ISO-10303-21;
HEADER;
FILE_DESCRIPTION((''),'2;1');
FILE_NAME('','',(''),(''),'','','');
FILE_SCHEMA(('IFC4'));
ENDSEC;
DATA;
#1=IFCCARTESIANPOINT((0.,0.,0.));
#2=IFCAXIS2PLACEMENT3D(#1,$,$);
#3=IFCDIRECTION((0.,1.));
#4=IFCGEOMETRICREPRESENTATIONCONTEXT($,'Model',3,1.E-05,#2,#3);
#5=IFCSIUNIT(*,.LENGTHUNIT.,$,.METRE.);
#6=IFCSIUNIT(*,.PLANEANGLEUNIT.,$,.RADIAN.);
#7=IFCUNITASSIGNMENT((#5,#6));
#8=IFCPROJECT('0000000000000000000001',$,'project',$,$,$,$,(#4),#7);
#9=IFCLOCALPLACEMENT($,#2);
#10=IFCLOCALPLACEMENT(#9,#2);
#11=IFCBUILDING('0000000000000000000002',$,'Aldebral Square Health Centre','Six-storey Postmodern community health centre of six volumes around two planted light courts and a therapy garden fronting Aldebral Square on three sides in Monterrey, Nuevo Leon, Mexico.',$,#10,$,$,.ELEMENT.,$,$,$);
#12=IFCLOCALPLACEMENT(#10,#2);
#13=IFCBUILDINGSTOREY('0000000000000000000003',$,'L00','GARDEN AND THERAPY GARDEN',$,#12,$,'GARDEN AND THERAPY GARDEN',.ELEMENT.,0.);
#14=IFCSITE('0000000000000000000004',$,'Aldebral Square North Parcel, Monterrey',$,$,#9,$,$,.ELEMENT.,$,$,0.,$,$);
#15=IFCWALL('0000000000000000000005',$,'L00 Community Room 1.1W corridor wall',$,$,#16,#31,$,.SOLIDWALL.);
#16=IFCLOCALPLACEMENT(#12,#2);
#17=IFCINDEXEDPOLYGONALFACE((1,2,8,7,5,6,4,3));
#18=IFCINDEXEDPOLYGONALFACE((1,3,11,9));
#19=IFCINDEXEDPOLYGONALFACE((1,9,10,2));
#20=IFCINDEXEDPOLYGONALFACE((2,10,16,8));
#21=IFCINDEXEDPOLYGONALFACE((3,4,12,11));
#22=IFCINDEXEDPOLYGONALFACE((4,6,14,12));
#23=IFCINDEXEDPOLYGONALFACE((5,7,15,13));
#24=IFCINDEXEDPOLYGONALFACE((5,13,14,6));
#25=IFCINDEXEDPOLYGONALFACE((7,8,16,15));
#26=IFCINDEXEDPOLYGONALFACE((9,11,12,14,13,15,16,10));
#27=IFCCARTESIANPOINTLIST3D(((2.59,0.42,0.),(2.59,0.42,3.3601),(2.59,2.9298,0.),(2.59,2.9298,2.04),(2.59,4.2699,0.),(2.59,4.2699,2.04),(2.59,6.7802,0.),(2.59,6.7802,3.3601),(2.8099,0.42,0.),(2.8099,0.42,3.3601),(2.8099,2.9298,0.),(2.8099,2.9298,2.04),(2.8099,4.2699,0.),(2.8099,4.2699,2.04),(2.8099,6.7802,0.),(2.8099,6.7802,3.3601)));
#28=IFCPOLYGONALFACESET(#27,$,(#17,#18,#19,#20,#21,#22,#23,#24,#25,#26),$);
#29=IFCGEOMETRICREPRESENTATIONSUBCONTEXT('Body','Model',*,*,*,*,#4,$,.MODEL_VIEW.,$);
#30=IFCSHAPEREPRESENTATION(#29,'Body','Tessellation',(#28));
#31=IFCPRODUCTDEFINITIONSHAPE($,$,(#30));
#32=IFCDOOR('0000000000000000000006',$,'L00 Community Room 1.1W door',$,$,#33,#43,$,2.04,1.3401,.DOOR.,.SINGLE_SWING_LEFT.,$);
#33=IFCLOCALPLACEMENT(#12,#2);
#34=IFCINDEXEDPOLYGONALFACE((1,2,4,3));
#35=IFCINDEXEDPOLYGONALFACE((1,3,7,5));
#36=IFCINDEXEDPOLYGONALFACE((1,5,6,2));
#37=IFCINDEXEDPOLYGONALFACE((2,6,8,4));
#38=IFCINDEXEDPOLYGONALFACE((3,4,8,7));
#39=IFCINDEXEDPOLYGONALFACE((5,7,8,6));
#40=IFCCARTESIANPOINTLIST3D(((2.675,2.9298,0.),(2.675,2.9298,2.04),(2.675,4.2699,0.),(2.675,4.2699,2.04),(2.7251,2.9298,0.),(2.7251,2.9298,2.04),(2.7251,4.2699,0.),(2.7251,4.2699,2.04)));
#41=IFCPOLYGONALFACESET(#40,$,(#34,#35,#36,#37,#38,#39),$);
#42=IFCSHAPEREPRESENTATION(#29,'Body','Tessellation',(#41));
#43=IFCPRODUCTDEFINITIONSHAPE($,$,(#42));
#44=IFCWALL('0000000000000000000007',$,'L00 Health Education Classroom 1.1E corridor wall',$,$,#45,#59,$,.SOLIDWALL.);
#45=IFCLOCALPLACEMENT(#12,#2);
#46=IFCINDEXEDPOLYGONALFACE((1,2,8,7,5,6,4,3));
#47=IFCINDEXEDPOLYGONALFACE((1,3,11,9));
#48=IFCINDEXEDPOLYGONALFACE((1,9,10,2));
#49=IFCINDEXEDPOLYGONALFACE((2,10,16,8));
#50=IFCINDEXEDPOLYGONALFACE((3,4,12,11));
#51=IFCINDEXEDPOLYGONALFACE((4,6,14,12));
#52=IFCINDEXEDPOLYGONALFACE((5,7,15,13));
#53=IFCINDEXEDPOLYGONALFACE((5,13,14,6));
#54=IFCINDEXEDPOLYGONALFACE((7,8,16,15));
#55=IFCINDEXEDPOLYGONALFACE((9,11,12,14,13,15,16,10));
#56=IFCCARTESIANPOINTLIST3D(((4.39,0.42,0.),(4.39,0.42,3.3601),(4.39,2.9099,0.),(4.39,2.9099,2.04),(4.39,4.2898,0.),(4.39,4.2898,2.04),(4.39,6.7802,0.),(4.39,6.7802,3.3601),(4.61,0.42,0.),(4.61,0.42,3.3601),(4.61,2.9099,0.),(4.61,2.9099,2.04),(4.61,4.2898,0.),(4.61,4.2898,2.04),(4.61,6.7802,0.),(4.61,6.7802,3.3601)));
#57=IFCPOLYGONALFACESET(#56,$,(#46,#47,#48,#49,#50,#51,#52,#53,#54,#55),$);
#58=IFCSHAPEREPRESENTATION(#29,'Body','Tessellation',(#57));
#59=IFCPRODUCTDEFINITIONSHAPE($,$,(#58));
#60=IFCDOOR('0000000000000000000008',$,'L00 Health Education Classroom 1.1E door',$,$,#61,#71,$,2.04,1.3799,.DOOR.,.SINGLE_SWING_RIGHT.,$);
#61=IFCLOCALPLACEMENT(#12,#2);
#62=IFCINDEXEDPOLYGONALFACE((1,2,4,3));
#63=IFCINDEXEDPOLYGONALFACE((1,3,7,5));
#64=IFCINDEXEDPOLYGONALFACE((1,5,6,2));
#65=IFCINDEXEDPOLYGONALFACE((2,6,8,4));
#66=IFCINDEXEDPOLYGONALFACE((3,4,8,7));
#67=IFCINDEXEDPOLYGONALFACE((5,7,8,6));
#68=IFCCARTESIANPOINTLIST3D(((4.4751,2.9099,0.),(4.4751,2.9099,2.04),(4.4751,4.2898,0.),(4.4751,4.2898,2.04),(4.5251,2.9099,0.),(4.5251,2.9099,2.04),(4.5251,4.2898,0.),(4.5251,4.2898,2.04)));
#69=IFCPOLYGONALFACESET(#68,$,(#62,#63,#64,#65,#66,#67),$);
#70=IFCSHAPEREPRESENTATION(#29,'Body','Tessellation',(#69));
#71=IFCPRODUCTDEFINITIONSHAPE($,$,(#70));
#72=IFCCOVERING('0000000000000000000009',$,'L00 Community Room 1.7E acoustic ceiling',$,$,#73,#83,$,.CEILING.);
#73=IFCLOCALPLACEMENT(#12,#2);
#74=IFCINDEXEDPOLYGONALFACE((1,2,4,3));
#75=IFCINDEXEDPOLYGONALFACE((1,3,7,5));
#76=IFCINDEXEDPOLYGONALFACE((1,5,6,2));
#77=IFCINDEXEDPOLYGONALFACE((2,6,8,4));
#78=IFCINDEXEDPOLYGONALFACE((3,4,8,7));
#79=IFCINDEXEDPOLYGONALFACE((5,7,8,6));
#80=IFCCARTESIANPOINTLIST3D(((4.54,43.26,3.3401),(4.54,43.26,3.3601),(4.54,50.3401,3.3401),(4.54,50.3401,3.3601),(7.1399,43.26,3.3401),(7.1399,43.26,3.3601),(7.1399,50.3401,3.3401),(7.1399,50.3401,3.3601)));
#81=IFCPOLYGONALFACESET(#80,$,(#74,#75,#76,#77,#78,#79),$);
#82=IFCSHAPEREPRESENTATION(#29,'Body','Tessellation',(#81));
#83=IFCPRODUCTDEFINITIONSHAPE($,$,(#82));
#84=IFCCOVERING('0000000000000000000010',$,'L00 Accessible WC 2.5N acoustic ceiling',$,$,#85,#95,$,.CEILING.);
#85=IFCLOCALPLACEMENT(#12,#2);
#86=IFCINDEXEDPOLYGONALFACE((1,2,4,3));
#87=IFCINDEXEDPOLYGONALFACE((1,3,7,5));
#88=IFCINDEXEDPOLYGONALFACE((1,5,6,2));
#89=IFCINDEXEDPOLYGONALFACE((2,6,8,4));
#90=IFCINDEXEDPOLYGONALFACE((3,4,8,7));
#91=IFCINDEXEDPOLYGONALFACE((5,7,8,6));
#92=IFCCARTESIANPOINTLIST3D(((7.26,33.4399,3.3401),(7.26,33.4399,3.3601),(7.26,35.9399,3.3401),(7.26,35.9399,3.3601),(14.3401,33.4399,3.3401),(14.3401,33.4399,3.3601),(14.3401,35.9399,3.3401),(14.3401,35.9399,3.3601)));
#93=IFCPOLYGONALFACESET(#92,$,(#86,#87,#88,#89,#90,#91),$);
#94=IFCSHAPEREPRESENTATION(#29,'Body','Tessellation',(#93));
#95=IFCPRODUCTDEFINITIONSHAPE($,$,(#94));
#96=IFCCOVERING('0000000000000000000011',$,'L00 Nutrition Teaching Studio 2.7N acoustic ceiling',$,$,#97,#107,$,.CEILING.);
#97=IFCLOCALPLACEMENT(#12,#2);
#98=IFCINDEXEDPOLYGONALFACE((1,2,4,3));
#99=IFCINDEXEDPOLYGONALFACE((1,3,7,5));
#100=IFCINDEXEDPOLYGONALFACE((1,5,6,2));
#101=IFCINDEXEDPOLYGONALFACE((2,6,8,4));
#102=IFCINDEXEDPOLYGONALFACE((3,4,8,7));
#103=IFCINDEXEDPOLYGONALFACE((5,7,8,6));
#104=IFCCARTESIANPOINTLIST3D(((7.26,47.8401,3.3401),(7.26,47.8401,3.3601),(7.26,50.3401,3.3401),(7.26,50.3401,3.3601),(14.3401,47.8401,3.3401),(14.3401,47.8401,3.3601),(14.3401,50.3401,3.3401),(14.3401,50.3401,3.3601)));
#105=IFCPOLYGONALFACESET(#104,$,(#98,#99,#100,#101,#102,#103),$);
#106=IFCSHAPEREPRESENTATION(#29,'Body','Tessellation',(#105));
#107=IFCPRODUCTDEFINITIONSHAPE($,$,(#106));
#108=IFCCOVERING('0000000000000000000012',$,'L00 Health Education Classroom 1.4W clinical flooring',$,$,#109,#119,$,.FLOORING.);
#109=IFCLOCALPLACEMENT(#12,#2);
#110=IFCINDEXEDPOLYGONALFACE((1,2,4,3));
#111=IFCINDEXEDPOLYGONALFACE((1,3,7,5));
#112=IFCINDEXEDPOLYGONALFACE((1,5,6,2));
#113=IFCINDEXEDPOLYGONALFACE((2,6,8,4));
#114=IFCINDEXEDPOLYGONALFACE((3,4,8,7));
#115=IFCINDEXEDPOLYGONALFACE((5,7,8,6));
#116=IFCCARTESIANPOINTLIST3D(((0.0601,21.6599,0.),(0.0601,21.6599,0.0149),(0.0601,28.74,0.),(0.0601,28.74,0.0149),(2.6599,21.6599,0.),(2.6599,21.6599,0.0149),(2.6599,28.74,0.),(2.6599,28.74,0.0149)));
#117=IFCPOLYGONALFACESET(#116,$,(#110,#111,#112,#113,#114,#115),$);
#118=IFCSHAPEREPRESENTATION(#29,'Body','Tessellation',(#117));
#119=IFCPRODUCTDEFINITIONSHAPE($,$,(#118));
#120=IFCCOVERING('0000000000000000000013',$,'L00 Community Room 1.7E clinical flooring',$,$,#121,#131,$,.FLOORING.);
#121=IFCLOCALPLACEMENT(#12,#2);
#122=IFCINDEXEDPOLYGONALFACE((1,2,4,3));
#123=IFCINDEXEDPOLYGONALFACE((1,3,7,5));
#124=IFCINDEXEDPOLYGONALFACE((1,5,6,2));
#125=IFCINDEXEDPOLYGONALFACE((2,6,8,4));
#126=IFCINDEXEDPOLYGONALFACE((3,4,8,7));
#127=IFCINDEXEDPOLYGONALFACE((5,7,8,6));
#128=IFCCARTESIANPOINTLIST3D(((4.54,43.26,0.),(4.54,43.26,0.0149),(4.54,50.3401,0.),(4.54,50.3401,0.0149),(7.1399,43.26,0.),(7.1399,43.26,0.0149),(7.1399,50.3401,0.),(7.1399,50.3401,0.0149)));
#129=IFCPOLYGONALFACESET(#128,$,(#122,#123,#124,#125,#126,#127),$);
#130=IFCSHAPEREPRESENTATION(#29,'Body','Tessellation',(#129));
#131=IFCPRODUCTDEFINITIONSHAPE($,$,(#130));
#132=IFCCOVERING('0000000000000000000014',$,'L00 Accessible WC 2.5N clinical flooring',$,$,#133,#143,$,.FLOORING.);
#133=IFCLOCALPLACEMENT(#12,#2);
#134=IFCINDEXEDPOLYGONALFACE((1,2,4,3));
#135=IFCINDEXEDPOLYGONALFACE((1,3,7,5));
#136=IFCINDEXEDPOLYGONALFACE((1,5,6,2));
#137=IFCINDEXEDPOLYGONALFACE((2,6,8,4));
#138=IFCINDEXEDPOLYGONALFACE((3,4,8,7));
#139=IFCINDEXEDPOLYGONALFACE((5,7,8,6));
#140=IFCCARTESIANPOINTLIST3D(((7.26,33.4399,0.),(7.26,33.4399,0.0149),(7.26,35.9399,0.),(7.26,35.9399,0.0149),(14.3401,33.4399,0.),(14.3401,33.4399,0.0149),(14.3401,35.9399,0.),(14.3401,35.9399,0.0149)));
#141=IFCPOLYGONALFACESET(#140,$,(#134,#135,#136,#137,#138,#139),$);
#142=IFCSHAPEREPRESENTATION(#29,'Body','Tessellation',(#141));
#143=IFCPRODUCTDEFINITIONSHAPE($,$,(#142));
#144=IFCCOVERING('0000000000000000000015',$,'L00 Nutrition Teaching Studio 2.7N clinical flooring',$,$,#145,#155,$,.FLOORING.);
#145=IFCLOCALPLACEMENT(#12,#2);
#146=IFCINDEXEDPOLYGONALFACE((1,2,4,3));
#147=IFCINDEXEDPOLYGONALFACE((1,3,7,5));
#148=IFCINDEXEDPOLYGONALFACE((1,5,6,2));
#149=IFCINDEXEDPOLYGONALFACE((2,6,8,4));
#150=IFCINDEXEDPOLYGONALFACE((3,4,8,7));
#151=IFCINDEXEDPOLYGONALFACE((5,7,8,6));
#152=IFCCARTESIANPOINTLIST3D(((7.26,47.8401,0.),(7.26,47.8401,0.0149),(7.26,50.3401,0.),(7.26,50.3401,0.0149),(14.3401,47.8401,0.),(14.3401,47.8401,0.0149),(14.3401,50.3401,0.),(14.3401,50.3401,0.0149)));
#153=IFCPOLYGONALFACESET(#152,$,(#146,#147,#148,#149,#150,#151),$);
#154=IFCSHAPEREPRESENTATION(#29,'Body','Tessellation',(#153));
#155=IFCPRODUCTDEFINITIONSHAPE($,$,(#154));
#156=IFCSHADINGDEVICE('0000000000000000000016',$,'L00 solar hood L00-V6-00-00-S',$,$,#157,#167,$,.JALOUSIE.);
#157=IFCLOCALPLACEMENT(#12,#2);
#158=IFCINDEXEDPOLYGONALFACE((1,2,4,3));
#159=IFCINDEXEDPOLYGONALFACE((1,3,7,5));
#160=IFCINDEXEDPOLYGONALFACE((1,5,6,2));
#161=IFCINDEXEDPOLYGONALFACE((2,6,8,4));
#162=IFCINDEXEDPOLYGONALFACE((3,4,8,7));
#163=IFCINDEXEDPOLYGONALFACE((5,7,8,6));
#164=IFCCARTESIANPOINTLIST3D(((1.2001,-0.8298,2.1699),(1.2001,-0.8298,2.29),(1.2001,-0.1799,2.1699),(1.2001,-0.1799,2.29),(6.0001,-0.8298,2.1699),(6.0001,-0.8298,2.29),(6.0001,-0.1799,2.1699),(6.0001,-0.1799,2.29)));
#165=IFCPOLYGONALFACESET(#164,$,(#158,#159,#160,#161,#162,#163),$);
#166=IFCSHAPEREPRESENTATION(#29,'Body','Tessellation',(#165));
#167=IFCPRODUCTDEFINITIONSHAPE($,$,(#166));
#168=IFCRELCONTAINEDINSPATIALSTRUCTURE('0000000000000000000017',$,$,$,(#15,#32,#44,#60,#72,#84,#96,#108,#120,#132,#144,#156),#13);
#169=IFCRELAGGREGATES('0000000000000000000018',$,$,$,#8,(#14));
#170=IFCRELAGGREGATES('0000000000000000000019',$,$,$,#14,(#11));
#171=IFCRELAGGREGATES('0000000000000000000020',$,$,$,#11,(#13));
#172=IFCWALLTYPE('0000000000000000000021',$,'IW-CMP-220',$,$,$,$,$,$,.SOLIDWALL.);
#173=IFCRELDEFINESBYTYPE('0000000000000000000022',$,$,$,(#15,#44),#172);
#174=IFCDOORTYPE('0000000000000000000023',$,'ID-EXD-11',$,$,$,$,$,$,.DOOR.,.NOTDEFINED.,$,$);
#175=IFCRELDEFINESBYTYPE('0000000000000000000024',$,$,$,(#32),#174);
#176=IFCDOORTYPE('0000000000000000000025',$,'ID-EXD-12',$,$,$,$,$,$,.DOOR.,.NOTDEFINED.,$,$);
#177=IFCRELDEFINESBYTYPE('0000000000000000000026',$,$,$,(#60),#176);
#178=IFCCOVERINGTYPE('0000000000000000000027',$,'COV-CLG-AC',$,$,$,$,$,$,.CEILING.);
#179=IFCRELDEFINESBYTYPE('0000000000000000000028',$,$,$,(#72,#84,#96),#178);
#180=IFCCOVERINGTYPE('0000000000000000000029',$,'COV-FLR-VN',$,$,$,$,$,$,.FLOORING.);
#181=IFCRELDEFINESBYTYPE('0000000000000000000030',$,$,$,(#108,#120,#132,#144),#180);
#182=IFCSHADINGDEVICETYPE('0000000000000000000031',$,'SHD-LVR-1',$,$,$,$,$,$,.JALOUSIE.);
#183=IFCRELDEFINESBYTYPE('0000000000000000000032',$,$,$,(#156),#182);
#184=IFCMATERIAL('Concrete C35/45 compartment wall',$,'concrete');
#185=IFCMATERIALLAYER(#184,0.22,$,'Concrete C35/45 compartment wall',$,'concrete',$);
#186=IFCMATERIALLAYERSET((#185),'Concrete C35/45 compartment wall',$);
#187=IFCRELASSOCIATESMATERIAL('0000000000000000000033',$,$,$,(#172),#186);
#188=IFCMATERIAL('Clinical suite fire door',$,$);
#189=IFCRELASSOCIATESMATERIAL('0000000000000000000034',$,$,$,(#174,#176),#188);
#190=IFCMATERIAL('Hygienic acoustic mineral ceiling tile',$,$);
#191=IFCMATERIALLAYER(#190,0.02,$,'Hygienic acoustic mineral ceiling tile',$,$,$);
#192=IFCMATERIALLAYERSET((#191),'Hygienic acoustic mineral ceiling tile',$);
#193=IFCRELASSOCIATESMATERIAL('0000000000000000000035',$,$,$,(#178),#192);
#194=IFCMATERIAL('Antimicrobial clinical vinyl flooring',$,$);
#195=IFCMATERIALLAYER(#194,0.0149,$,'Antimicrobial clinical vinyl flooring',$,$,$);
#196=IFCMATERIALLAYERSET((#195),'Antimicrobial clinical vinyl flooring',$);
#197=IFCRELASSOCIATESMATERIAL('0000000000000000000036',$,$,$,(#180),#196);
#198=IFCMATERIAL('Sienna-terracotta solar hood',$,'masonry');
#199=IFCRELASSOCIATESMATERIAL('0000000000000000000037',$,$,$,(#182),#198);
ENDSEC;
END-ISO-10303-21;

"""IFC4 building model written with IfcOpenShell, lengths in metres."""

from ifc_helpers import new_model, si_unit, direction, frame, frame_2d, origin, origin_2d, place, context, subcontext, project, spatial, polyline, rectangle, outline, extrude, material, layer, layer_set, type_object, element, fill, save


model = new_model("IFC4")

# Units and contexts
model_context = context("Model", 3, precision=1e-05, world=origin(), true_north=direction((0.0, 1.0)))
body_context = subcontext(model_context, "Body", "Model", "MODEL_VIEW")
ifc_project = project(units=[si_unit("LENGTHUNIT", "METRE"), si_unit("PLANEANGLEUNIT", "RADIAN")], contexts=[model_context])

# Site, building, storey
site_placement = place(None, origin())
site = spatial("IfcSite", under=ifc_project, at=site_placement, Name="Aldebral Square North Parcel, Monterrey", CompositionType="ELEMENT", RefElevation=0.0)
building_placement = place(site_placement, origin())
building = spatial("IfcBuilding", under=site, at=building_placement, Name="Aldebral Square Health Centre", Description="Six-storey Postmodern community health centre of six volumes around two planted light courts and a therapy garden fronting Aldebral Square on three sides in Monterrey, Nuevo Leon, Mexico.", CompositionType="ELEMENT")
storey_placement = place(building_placement, origin())
storey = spatial("IfcBuildingStorey", under=building, at=storey_placement, Name="L00", Description="GARDEN AND THERAPY GARDEN", LongName="GARDEN AND THERAPY GARDEN", CompositionType="ELEMENT", Elevation=0.0)

# Walls, openings, doors
ifc_material_1 = material(Name="Concrete C35/45 compartment wall", Category="concrete")
ifc_layer_1 = layer(ifc_material_1, 0.22, Name="Concrete C35/45 compartment wall", Category="concrete")
ifc_layer_set_1 = layer_set([ifc_layer_1], Name="Concrete C35/45 compartment wall")
wall_type_1 = type_object("IfcWallType", Name="IW-CMP-220", PredefinedType="SOLIDWALL", material=ifc_layer_set_1)
wall_1_placement = place(storey_placement, frame((2.7, 0.4199, 0.0), z_axis=(0.0, 0.0, 1.0), x_axis=(0.0, 1.0, 0.0)))
wall_1 = element("IfcWall", 1, at=wall_1_placement, inside=storey, type_object=wall_type_1, Name="L00 Community Room 1.1W corridor wall", PredefinedType="SOLIDWALL", context=body_context, shape_type="SweptSolid", body=[
    extrude(rectangle(XDim=6.3601, YDim=0.22, at=frame_2d((3.1802, 0.0))), origin(), (0.0, 0.0, 1.0), 3.3601),
])
opening_1_placement = place(wall_1_placement, frame((2.51, 0.0, 0.0)))
opening_1 = element("IfcOpeningElement", 2, at=opening_1_placement, cuts=wall_1, PredefinedType="OPENING", context=body_context, shape_type="SweptSolid", body=[
    extrude(rectangle(XDim=1.3401, YDim=2.04, at=frame_2d((0.6699, 1.02))), frame((0.0, 0.1201, 0.0), z_axis=(0.0, -1.0, 0.0), x_axis=(1.0, 0.0, 0.0)), (0.0, 0.0, 1.0), 0.24),
])
ifc_material_2 = material(Name="Clinical suite fire door")
door_type_1 = type_object("IfcDoorType", Name="ID-EXD-11", OperationType="NOTDEFINED", PredefinedType="DOOR", material=ifc_material_2)
door_1_placement = place(opening_1_placement, origin())
door_1 = element("IfcDoor", 3, at=door_1_placement, inside=storey, type_object=door_type_1, Name="L00 Community Room 1.1W door", OperationType="SINGLE_SWING_LEFT", OverallHeight=2.04, OverallWidth=1.3401, PredefinedType="DOOR", context=body_context, shape_type="SweptSolid", body=[
    extrude(rectangle(XDim=1.3401, YDim=2.04, at=frame_2d((0.6699, 1.02))), frame((0.0, 0.0249, 0.0), z_axis=(0.0, -1.0, 0.0), x_axis=(1.0, 0.0, 0.0)), (0.0, 0.0, 1.0), 0.05),
])
fill(opening_1, door_1)
wall_2_placement = place(storey_placement, frame((4.5, 0.4199, 0.0), z_axis=(0.0, 0.0, 1.0), x_axis=(0.0, 1.0, 0.0)))
wall_2 = element("IfcWall", 4, at=wall_2_placement, inside=storey, type_object=wall_type_1, Name="L00 Health Education Classroom 1.1E corridor wall", PredefinedType="SOLIDWALL", context=body_context, shape_type="SweptSolid", body=[
    extrude(rectangle(XDim=6.3601, YDim=0.22, at=frame_2d((3.1802, 0.0))), origin(), (0.0, 0.0, 1.0), 3.3601),
])
opening_2_placement = place(wall_2_placement, frame((2.49, 0.0, 0.0)))
opening_2 = element("IfcOpeningElement", 5, at=opening_2_placement, cuts=wall_2, PredefinedType="OPENING", context=body_context, shape_type="SweptSolid", body=[
    extrude(rectangle(XDim=1.3799, YDim=2.04, at=frame_2d((0.6899, 1.02))), frame((0.0, 0.1201, 0.0), z_axis=(0.0, -1.0, 0.0), x_axis=(1.0, 0.0, 0.0)), (0.0, 0.0, 1.0), 0.24),
])
door_type_2 = type_object("IfcDoorType", Name="ID-EXD-12", OperationType="NOTDEFINED", PredefinedType="DOOR", material=ifc_material_2)
door_2_placement = place(opening_2_placement, origin())
door_2 = element("IfcDoor", 6, at=door_2_placement, inside=storey, type_object=door_type_2, Name="L00 Health Education Classroom 1.1E door", OperationType="SINGLE_SWING_RIGHT", OverallHeight=2.04, OverallWidth=1.3799, PredefinedType="DOOR", context=body_context, shape_type="SweptSolid", body=[
    extrude(rectangle(XDim=1.3799, YDim=2.04, at=frame_2d((0.6899, 1.02))), frame((0.0, 0.0249, 0.0), z_axis=(0.0, -1.0, 0.0), x_axis=(1.0, 0.0, 0.0)), (0.0, 0.0, 1.0), 0.05),
])
fill(opening_2, door_2)

# Coverings
ifc_material_3 = material(Name="Hygienic acoustic mineral ceiling tile")
ifc_layer_2 = layer(ifc_material_3, 0.02, Name="Hygienic acoustic mineral ceiling tile")
ifc_layer_set_2 = layer_set([ifc_layer_2], Name="Hygienic acoustic mineral ceiling tile")
covering_type_1 = type_object("IfcCoveringType", Name="COV-CLG-AC", PredefinedType="CEILING", material=ifc_layer_set_2)
covering_1_placement = place(storey_placement, frame((0.0, 0.0, 3.3401)))
element("IfcCovering", 7, at=covering_1_placement, inside=storey, type_object=covering_type_1, Name="L00 Community Room 1.7E acoustic ceiling", PredefinedType="CEILING", context=body_context, shape_type="SweptSolid", body=[
    extrude(outline(polyline([(4.54, 43.26), (7.1399, 43.26), (7.1399, 50.3401), (4.54, 50.3401), (4.54, 43.26)])), origin(), (0.0, 0.0, 1.0), 0.02),
])
covering_2_placement = place(storey_placement, frame((0.0, 0.0, 3.3401)))
element("IfcCovering", 8, at=covering_2_placement, inside=storey, type_object=covering_type_1, Name="L00 Accessible WC 2.5N acoustic ceiling", PredefinedType="CEILING", context=body_context, shape_type="SweptSolid", body=[
    extrude(outline(polyline([(7.26, 33.4399), (14.3401, 33.4399), (14.3401, 35.9399), (7.26, 35.9399), (7.26, 33.4399)])), origin(), (0.0, 0.0, 1.0), 0.02),
])
covering_3_placement = place(storey_placement, frame((0.0, 0.0, 3.3401)))
element("IfcCovering", 9, at=covering_3_placement, inside=storey, type_object=covering_type_1, Name="L00 Nutrition Teaching Studio 2.7N acoustic ceiling", PredefinedType="CEILING", context=body_context, shape_type="SweptSolid", body=[
    extrude(outline(polyline([(7.26, 47.8401), (14.3401, 47.8401), (14.3401, 50.3401), (7.26, 50.3401), (7.26, 47.8401)])), origin(), (0.0, 0.0, 1.0), 0.02),
])
ifc_material_4 = material(Name="Antimicrobial clinical vinyl flooring")
ifc_layer_3 = layer(ifc_material_4, 0.0149, Name="Antimicrobial clinical vinyl flooring")
ifc_layer_set_3 = layer_set([ifc_layer_3], Name="Antimicrobial clinical vinyl flooring")
covering_type_2 = type_object("IfcCoveringType", Name="COV-FLR-VN", PredefinedType="FLOORING", material=ifc_layer_set_3)
covering_4_placement = place(storey_placement, origin())
element("IfcCovering", 10, at=covering_4_placement, inside=storey, type_object=covering_type_2, Name="L00 Health Education Classroom 1.4W clinical flooring", PredefinedType="FLOORING", context=body_context, shape_type="SweptSolid", body=[
    extrude(outline(polyline([(0.0601, 21.6599), (2.6599, 21.6599), (2.6599, 28.74), (0.0601, 28.74), (0.0601, 21.6599)])), origin(), (0.0, 0.0, 1.0), 0.0149),
])
covering_5_placement = place(storey_placement, origin())
element("IfcCovering", 11, at=covering_5_placement, inside=storey, type_object=covering_type_2, Name="L00 Community Room 1.7E clinical flooring", PredefinedType="FLOORING", context=body_context, shape_type="SweptSolid", body=[
    extrude(outline(polyline([(4.54, 43.26), (7.1399, 43.26), (7.1399, 50.3401), (4.54, 50.3401), (4.54, 43.26)])), origin(), (0.0, 0.0, 1.0), 0.0149),
])
covering_6_placement = place(storey_placement, origin())
element("IfcCovering", 12, at=covering_6_placement, inside=storey, type_object=covering_type_2, Name="L00 Accessible WC 2.5N clinical flooring", PredefinedType="FLOORING", context=body_context, shape_type="SweptSolid", body=[
    extrude(outline(polyline([(7.26, 33.4399), (14.3401, 33.4399), (14.3401, 35.9399), (7.26, 35.9399), (7.26, 33.4399)])), origin(), (0.0, 0.0, 1.0), 0.0149),
])
covering_7_placement = place(storey_placement, origin())
element("IfcCovering", 13, at=covering_7_placement, inside=storey, type_object=covering_type_2, Name="L00 Nutrition Teaching Studio 2.7N clinical flooring", PredefinedType="FLOORING", context=body_context, shape_type="SweptSolid", body=[
    extrude(outline(polyline([(7.26, 47.8401), (14.3401, 47.8401), (14.3401, 50.3401), (7.26, 50.3401), (7.26, 47.8401)])), origin(), (0.0, 0.0, 1.0), 0.0149),
])

# Shading device
ifc_material_5 = material(Name="Sienna-terracotta solar hood", Category="masonry")
shading_device_type = type_object("IfcShadingDeviceType", Name="SHD-LVR-1", PredefinedType="JALOUSIE", material=ifc_material_5)
shading_device_placement = place(storey_placement, frame((3.6001, -0.5049, 2.1699), z_axis=(0.0, 0.0, 1.0), x_axis=(1.0, 0.0, 0.0)))
element("IfcShadingDevice", 14, at=shading_device_placement, inside=storey, type_object=shading_device_type, Name="L00 solar hood L00-V6-00-00-S", PredefinedType="JALOUSIE", context=body_context, shape_type="SweptSolid", body=[
    extrude(rectangle(XDim=4.8, YDim=0.6499, at=origin_2d()), origin(), (0.0, 0.0, 1.0), 0.1201),
])

save(model, "model.ifc")
